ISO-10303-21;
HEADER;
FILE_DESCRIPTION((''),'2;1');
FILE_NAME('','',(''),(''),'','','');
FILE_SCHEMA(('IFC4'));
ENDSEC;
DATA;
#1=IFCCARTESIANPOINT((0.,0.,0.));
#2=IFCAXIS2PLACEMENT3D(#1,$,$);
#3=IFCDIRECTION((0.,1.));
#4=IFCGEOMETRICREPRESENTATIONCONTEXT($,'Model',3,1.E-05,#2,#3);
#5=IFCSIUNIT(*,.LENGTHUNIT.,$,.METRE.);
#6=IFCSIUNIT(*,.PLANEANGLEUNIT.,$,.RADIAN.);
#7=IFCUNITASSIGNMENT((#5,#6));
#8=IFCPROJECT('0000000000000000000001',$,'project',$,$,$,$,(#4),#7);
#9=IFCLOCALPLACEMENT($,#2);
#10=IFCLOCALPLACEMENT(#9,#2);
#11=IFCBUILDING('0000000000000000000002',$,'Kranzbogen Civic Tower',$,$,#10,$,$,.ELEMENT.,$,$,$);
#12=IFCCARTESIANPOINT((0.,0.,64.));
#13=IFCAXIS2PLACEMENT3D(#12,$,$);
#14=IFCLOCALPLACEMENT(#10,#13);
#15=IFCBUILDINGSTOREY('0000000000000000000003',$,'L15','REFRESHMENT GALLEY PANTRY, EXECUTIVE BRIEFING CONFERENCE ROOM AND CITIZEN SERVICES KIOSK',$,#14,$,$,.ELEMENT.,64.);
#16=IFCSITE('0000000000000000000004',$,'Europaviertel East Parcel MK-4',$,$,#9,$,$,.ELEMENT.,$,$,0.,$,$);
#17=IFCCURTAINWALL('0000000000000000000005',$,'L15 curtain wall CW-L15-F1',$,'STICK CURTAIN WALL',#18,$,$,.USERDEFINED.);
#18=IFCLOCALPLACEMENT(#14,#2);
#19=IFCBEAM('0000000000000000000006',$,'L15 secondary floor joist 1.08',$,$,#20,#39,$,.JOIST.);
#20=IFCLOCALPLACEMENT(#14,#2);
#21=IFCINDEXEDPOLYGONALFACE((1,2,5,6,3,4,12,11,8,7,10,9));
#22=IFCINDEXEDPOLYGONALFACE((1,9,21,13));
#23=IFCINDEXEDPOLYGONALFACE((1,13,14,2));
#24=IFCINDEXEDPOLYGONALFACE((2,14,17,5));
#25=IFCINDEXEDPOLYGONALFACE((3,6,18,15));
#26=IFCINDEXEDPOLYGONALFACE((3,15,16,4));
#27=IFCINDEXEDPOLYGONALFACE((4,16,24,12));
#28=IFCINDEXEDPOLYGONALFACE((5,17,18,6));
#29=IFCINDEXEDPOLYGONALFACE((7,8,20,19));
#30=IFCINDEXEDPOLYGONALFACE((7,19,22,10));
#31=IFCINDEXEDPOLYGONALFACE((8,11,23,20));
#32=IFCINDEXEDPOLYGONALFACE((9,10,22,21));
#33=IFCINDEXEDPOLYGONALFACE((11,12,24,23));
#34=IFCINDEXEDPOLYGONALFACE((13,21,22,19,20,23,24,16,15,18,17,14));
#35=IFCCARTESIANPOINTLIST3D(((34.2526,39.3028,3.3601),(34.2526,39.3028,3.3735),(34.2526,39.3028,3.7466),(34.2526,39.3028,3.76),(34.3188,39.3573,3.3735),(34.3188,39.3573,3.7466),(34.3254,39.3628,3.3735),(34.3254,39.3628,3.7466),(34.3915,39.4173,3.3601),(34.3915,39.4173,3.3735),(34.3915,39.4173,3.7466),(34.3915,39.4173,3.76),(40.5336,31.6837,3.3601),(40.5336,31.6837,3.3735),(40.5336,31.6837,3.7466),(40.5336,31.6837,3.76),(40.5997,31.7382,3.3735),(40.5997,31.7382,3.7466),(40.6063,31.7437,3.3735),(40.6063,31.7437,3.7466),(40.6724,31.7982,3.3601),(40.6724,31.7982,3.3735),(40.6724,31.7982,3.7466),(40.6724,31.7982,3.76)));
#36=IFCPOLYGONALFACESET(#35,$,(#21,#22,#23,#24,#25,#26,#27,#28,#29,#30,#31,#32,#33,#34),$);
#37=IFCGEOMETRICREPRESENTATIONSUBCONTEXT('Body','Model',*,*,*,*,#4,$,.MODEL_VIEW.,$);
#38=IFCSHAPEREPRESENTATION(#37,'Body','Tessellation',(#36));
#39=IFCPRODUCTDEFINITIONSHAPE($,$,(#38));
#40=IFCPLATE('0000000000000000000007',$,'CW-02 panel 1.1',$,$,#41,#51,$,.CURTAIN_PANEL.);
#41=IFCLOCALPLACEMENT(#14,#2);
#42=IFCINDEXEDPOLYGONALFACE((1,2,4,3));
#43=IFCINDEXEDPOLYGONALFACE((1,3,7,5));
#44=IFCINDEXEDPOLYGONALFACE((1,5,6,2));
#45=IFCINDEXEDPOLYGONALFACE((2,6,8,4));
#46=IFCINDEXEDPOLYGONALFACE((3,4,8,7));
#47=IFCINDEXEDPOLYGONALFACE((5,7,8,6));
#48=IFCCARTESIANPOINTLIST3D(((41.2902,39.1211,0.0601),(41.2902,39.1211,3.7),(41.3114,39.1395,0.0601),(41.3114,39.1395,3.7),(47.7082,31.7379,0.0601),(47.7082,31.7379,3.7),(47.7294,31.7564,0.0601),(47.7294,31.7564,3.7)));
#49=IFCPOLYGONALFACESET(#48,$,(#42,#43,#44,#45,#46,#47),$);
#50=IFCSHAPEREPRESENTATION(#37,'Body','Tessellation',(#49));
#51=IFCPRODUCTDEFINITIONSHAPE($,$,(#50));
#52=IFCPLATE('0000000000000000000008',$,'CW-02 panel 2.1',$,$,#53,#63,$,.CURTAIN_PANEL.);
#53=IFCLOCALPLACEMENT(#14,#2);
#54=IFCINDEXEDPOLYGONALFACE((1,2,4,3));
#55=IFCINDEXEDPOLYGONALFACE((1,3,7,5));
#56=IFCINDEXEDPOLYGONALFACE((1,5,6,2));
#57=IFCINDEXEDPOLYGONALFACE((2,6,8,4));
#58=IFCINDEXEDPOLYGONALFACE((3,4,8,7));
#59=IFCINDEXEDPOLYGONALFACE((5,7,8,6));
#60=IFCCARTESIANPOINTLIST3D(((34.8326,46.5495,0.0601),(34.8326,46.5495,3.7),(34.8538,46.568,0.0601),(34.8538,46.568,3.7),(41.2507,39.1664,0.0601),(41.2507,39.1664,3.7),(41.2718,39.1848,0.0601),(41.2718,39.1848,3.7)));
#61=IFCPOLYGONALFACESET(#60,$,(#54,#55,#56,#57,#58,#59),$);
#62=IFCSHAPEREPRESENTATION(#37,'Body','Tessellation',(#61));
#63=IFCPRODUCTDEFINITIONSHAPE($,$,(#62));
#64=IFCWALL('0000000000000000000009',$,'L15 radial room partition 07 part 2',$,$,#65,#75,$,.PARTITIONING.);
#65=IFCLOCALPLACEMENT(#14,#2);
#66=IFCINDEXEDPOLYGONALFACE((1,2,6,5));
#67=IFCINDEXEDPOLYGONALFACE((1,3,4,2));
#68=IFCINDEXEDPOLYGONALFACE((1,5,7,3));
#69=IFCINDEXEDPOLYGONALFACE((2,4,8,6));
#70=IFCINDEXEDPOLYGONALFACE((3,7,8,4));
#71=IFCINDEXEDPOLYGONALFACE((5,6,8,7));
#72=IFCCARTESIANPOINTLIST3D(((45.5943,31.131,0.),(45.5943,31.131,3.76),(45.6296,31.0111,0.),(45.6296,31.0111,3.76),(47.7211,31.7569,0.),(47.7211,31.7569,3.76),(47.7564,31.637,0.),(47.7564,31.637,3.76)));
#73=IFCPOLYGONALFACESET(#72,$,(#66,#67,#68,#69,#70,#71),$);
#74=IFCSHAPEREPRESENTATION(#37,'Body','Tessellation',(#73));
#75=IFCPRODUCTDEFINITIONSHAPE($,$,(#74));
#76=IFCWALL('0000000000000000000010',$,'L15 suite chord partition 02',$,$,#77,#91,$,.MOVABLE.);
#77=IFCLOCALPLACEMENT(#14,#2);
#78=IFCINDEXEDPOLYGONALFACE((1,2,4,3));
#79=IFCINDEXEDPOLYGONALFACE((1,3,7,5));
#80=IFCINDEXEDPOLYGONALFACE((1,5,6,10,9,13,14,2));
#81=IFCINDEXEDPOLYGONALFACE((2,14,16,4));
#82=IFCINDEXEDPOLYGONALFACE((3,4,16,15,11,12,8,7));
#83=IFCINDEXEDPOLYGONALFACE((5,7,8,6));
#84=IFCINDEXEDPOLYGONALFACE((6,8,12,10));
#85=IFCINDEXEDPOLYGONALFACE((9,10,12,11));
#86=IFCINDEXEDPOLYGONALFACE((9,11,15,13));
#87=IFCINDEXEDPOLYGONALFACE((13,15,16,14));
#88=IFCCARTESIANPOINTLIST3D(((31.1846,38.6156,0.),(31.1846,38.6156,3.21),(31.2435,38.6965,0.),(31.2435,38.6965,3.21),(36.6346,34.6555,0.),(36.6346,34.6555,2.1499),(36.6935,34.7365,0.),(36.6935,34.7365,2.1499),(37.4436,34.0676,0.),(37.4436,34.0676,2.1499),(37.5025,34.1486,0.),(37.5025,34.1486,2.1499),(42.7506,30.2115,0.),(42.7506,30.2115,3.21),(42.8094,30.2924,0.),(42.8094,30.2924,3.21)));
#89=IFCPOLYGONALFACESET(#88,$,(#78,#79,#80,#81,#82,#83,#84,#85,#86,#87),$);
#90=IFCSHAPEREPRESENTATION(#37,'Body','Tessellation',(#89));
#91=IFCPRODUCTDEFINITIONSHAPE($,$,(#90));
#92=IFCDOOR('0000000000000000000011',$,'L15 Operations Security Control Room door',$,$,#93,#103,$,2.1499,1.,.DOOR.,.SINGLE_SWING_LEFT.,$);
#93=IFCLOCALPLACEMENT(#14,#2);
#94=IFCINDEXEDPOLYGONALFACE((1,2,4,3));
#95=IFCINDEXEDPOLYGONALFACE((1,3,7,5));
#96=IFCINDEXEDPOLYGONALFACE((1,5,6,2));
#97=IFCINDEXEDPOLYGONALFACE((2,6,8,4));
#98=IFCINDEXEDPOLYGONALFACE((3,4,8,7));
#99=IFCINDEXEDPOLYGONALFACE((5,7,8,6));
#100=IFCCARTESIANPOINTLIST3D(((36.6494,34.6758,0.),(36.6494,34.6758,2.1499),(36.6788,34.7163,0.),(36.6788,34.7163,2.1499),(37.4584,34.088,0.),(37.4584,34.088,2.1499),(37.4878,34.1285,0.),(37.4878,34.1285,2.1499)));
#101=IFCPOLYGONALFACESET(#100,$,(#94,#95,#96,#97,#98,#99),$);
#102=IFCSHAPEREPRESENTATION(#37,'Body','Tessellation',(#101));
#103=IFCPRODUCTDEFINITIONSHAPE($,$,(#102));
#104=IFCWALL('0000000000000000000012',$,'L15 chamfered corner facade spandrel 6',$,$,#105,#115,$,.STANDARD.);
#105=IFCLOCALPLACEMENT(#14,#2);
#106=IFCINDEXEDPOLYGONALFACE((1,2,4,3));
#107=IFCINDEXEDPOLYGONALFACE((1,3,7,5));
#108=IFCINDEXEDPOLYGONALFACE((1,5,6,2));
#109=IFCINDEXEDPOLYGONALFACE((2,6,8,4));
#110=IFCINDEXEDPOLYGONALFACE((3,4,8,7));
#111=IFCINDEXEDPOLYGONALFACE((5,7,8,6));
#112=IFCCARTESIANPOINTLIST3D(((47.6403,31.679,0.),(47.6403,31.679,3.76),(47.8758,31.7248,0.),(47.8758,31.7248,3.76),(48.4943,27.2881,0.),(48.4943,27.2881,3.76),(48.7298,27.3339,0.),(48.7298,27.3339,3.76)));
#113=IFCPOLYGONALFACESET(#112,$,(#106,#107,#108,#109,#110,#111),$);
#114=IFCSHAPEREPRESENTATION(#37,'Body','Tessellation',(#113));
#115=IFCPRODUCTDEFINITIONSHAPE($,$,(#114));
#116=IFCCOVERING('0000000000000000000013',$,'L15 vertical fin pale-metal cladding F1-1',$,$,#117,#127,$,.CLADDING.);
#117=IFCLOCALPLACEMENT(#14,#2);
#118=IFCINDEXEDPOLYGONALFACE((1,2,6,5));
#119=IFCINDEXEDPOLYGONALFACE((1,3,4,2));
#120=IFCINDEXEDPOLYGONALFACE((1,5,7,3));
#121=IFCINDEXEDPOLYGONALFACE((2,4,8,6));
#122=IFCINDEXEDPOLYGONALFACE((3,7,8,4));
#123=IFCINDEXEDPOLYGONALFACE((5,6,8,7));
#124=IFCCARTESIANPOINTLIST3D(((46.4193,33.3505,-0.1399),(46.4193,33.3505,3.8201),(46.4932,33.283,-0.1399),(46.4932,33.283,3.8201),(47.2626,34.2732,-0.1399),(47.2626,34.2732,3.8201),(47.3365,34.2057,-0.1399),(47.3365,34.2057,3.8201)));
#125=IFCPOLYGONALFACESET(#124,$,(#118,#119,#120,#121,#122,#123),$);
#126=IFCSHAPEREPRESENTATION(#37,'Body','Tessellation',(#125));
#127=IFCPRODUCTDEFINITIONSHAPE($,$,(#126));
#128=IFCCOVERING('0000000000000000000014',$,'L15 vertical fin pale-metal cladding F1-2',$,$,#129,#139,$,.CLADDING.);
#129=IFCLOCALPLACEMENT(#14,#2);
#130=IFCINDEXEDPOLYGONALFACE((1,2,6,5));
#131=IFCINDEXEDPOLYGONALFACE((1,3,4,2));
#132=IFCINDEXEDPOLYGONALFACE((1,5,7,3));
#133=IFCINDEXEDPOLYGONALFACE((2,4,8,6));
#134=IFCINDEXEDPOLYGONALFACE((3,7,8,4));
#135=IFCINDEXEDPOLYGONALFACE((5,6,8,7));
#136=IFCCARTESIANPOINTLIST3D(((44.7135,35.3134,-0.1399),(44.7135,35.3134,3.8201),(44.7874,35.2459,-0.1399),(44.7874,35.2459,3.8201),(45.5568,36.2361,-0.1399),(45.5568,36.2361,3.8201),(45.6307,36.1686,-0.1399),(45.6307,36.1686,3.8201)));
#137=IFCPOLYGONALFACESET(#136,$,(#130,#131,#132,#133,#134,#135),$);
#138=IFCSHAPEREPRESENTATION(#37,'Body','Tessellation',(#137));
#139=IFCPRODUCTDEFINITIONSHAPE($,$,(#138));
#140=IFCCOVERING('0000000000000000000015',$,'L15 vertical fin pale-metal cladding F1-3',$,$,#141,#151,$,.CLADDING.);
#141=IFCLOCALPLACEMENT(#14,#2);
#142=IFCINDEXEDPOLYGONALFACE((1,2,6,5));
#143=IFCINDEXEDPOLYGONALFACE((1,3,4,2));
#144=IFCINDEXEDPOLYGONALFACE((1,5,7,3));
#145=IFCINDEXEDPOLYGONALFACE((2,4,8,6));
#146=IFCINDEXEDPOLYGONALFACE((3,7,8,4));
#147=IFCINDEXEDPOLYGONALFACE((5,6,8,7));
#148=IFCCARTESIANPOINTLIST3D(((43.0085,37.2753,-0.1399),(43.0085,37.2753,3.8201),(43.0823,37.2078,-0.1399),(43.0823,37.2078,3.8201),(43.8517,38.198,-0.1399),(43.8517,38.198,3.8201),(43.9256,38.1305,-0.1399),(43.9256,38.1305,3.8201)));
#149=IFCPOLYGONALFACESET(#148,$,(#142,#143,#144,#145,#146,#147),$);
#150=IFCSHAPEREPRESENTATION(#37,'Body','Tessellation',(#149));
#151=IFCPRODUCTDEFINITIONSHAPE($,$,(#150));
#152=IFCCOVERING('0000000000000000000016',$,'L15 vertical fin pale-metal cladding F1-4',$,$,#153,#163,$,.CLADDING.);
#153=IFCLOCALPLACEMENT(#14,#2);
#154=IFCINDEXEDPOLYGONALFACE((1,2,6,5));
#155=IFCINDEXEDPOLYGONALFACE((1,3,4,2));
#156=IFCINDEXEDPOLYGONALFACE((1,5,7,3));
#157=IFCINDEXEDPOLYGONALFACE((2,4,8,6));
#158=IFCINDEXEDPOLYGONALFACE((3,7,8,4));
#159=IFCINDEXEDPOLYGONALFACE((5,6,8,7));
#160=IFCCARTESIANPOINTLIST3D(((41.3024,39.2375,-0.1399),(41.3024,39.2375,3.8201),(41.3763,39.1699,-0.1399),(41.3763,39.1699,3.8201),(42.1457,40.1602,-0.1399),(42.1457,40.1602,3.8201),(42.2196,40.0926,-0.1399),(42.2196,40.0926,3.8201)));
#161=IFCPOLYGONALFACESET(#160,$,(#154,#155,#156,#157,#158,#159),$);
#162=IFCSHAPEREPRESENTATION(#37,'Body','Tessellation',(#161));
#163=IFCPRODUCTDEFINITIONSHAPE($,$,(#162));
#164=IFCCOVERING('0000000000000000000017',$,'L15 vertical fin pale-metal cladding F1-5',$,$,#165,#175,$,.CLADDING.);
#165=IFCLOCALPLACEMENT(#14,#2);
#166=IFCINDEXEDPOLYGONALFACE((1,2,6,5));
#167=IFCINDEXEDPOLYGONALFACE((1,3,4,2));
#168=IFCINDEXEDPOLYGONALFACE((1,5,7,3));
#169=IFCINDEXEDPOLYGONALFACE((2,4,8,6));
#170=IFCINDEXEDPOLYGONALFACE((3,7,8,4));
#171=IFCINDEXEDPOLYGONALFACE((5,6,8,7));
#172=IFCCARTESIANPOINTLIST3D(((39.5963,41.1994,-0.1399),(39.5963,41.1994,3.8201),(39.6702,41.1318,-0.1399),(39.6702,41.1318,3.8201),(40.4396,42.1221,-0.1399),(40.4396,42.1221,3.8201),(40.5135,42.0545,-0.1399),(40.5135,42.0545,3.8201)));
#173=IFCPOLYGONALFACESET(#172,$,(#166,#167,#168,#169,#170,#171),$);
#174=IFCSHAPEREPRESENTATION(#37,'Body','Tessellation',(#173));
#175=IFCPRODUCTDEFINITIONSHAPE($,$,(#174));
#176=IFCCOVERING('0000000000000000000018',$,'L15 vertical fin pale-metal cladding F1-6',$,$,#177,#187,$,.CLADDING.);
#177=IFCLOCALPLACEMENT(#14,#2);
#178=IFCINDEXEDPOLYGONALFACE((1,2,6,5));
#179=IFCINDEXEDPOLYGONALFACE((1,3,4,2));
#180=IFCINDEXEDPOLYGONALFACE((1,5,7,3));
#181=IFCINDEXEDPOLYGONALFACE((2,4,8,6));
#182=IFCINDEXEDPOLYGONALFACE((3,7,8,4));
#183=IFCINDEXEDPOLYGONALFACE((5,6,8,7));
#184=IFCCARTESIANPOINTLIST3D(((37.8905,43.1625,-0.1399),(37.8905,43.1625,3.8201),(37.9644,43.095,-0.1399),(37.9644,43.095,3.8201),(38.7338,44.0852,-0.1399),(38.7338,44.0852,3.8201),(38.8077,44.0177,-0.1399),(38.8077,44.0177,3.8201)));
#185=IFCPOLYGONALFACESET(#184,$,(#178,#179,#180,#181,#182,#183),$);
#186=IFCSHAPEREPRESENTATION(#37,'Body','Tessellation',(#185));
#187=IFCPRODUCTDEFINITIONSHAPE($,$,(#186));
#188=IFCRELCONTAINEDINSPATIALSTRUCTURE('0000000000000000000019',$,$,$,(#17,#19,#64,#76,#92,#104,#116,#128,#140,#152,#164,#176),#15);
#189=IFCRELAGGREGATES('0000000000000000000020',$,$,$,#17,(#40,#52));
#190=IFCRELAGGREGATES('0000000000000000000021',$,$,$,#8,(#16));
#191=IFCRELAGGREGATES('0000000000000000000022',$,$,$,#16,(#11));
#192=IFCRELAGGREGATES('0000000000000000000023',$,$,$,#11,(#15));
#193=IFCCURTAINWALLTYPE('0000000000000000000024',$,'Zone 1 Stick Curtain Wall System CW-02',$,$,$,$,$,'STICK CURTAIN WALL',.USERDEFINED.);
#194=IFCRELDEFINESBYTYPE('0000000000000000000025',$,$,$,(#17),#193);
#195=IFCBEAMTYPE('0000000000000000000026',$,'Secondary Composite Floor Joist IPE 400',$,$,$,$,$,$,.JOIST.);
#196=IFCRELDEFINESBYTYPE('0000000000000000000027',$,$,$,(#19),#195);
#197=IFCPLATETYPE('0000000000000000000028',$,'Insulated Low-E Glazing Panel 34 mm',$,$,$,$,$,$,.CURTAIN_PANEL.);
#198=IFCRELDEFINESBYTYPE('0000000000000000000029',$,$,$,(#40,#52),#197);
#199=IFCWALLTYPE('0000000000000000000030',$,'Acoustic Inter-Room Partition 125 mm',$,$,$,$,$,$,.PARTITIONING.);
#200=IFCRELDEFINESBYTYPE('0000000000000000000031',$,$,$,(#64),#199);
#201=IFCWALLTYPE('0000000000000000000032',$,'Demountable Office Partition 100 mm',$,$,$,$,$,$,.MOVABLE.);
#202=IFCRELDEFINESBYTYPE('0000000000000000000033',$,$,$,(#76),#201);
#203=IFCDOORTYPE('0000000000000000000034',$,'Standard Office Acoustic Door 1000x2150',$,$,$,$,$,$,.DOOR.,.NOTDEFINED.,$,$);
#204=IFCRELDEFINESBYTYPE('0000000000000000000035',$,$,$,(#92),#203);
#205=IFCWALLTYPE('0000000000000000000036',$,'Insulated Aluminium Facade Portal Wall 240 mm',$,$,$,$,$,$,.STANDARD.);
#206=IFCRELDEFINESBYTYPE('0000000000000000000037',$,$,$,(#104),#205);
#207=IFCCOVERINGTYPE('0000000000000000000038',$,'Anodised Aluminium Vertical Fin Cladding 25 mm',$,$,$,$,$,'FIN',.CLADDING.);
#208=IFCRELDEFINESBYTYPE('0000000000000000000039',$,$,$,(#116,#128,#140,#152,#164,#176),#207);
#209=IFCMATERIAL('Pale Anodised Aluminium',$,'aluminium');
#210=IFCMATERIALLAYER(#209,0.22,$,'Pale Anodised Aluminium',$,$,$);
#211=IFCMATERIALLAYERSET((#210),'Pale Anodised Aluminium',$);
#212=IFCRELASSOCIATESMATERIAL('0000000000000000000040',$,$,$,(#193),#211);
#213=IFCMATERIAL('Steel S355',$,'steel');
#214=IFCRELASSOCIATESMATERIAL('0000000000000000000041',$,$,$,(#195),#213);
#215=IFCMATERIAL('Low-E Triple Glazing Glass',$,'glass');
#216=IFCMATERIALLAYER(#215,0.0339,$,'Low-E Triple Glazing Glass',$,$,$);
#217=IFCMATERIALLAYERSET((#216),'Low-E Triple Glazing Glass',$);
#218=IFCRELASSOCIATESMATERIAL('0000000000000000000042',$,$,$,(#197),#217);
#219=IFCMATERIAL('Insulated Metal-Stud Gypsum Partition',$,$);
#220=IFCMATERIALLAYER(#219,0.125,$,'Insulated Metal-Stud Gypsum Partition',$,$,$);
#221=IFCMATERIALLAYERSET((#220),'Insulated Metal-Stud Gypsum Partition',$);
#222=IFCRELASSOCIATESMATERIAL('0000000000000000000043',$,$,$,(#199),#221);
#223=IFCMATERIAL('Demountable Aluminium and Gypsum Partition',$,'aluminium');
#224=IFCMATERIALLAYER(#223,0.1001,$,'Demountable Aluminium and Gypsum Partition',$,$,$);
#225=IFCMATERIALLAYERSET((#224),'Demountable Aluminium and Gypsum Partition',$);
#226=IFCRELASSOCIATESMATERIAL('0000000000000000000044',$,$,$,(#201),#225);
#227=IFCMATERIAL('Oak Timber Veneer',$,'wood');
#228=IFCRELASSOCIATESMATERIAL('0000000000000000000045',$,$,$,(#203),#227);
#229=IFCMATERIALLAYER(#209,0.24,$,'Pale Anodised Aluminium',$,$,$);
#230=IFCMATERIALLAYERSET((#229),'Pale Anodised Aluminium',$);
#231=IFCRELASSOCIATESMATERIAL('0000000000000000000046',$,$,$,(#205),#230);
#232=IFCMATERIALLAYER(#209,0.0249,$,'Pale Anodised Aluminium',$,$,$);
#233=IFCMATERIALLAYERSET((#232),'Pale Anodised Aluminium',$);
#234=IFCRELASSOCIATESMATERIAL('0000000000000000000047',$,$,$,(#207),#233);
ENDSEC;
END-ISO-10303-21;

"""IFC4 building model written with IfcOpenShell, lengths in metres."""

from ifc_helpers import new_model, si_unit, direction, frame, frame_2d, origin, origin_2d, place, context, subcontext, project, spatial, rectangle, i_section, extrude, material, layer, layer_set, material_profile, profile_set, type_object, element, fill, aggregate, save


model = new_model("IFC4")

# Units and contexts
model_context = context("Model", 3, precision=1e-05, world=origin(), true_north=direction((0.0, 1.0)))
body_context = subcontext(model_context, "Body", "Model", "MODEL_VIEW")
ifc_project = project(units=[si_unit("LENGTHUNIT", "METRE"), si_unit("PLANEANGLEUNIT", "RADIAN")], contexts=[model_context])

# Site, building, storey
site_placement = place(None, origin())
site = spatial("IfcSite", under=ifc_project, at=site_placement, Name="Europaviertel East Parcel MK-4", CompositionType="ELEMENT", RefElevation=0.0)
building_placement = place(site_placement, origin())
building = spatial("IfcBuilding", under=site, at=building_placement, Name="Kranzbogen Civic Tower", CompositionType="ELEMENT")
storey_placement = place(building_placement, frame((0.0, 0.0, 64.0)))
storey = spatial("IfcBuildingStorey", under=building, at=storey_placement, Name="L15", Description="REFRESHMENT GALLEY PANTRY, EXECUTIVE BRIEFING CONFERENCE ROOM AND CITIZEN SERVICES KIOSK", CompositionType="ELEMENT", Elevation=64.0)

# Shared definitions
ifc_material_1 = material(Name="Steel S355", Category="steel")

# Curtain wall
ifc_material_2 = material(Name="Pale Anodised Aluminium", Category="aluminium")
ifc_layer_1 = layer(ifc_material_2, 0.22, Name="Pale Anodised Aluminium")
ifc_layer_set_1 = layer_set([ifc_layer_1], Name="Pale Anodised Aluminium")
curtain_wall_type = type_object("IfcCurtainWallType", Name="Zone 1 Stick Curtain Wall System CW-02", ElementType="STICK CURTAIN WALL", PredefinedType="USERDEFINED", material=ifc_layer_set_1)
curtain_wall_1_placement = place(storey_placement, origin())
curtain_wall_1 = element("IfcCurtainWall", 1, at=curtain_wall_1_placement, inside=storey, type_object=curtain_wall_type, Name="L15 curtain wall CW-L15-F1", ObjectType="STICK CURTAIN WALL", PredefinedType="USERDEFINED")

# Beam
ifc_material_profile_1 = material_profile(ifc_material_1, i_section(OverallWidth=0.1799, OverallDepth=0.3999, WebThickness=0.0085, FlangeThickness=0.0134, at=origin_2d()), Name="IPE 400")
ifc_profile_set_1 = profile_set([ifc_material_profile_1], Name="Steel S355")
beam_type_1 = type_object("IfcBeamType", Name="Secondary Composite Floor Joist IPE 400", PredefinedType="JOIST", material=ifc_profile_set_1)
beam_1_placement = place(storey_placement, frame((40.603, 31.741, 3.5601), z_axis=(-0.636095, 0.771611, 0.0), x_axis=(-0.771611, -0.636095, 0.0)))
element("IfcBeam", 2, at=beam_1_placement, inside=storey, type_object=beam_type_1, Name="L15 secondary floor joist 1.08", PredefinedType="JOIST", context=body_context, shape_type="SweptSolid", body=[
    extrude(i_section(OverallWidth=0.1799, OverallDepth=0.3999, WebThickness=0.0085, FlangeThickness=0.0134, at=origin_2d()), origin(), (0.0, 0.0, 1.0), 9.8743),
])

# Plates
ifc_material_3 = material(Name="Low-E Triple Glazing Glass", Category="glass")
ifc_layer_2 = layer(ifc_material_3, 0.0339, Name="Low-E Triple Glazing Glass")
ifc_layer_set_2 = layer_set([ifc_layer_2], Name="Low-E Triple Glazing Glass")
plate_type = type_object("IfcPlateType", Name="Insulated Low-E Glazing Panel 34 mm", PredefinedType="CURTAIN_PANEL", material=ifc_layer_set_2)
plate_1_placement = place(storey_placement, frame((44.5098, 35.4387, 0.0601), z_axis=(0.0, 0.0, 1.0), x_axis=(-0.656056, 0.754712, 0.0)))
plate_1 = element("IfcPlate", 3, at=plate_1_placement, type_object=plate_type, Name="CW-02 panel 1.1", PredefinedType="CURTAIN_PANEL", context=body_context, shape_type="SweptSolid", body=[
    extrude(rectangle(XDim=9.7827, YDim=0.0281, at=origin_2d()), origin(), (0.0, 0.0, 1.0), 3.6399),
])
plate_2_placement = place(storey_placement, frame((38.0522, 42.8672, 0.0601), z_axis=(0.0, 0.0, 1.0), x_axis=(-0.656056, 0.754712, 0.0)))
plate_2 = element("IfcPlate", 4, at=plate_2_placement, type_object=plate_type, Name="CW-02 panel 2.1", PredefinedType="CURTAIN_PANEL", context=body_context, shape_type="SweptSolid", body=[
    extrude(rectangle(XDim=9.7827, YDim=0.0281, at=origin_2d()), origin(), (0.0, 0.0, 1.0), 3.6399),
])
aggregate(curtain_wall_1, [plate_1, plate_2])

# Wall
ifc_material_4 = material(Name="Insulated Metal-Stud Gypsum Partition")
ifc_layer_3 = layer(ifc_material_4, 0.125, Name="Insulated Metal-Stud Gypsum Partition")
ifc_layer_set_3 = layer_set([ifc_layer_3], Name="Insulated Metal-Stud Gypsum Partition")
wall_type_1 = type_object("IfcWallType", Name="Acoustic Inter-Room Partition 125 mm", PredefinedType="PARTITIONING", material=ifc_layer_set_3)
wall_1_placement = place(storey_placement, frame((45.6121, 31.071, 0.0), z_axis=(0.0, 0.0, 1.0), x_axis=(0.959316, 0.282333, 0.0)))
element("IfcWall", 5, at=wall_1_placement, inside=storey, type_object=wall_type_1, Name="L15 radial room partition 07 part 2", PredefinedType="PARTITIONING", context=body_context, shape_type="SweptSolid", body=[
    extrude(rectangle(XDim=2.217, YDim=0.125, at=frame_2d((1.1084, 0.0))), origin(), (0.0, 0.0, 1.0), 3.76),
])

# Wall, opening, door
ifc_material_5 = material(Name="Demountable Aluminium and Gypsum Partition", Category="aluminium")
ifc_layer_4 = layer(ifc_material_5, 0.1001, Name="Demountable Aluminium and Gypsum Partition")
ifc_layer_set_4 = layer_set([ifc_layer_4], Name="Demountable Aluminium and Gypsum Partition")
wall_type_2 = type_object("IfcWallType", Name="Demountable Office Partition 100 mm", PredefinedType="MOVABLE", material=ifc_layer_set_4)
wall_2_placement = place(storey_placement, frame((42.78, 30.252, 0.0), z_axis=(0.0, 0.0, 1.0), x_axis=(-0.808986, 0.587827, 0.0)))
wall_2 = element("IfcWall", 6, at=wall_2_placement, inside=storey, type_object=wall_type_2, Name="L15 suite chord partition 02", PredefinedType="MOVABLE", context=body_context, shape_type="SweptSolid", body=[
    extrude(rectangle(XDim=14.2969, YDim=0.1001, at=frame_2d((7.1484, 0.0))), origin(), (0.0, 0.0, 1.0), 3.21),
])
opening_placement = place(wall_2_placement, frame((6.5601, 0.0, 0.0)))
opening = element("IfcOpeningElement", 7, at=opening_placement, cuts=wall_2, PredefinedType="OPENING", context=body_context, shape_type="SweptSolid", body=[
    extrude(rectangle(XDim=1.0, YDim=2.1499, at=frame_2d((0.5, 1.075))), frame((0.0, 0.0601, 0.0), z_axis=(0.0, -1.0, 0.0), x_axis=(1.0, 0.0, 0.0)), (0.0, 0.0, 1.0), 0.1201),
])
ifc_material_6 = material(Name="Oak Timber Veneer", Category="wood")
door_type = type_object("IfcDoorType", Name="Standard Office Acoustic Door 1000x2150", OperationType="NOTDEFINED", PredefinedType="DOOR", material=ifc_material_6)
door_placement = place(opening_placement, origin())
door = element("IfcDoor", 8, at=door_placement, inside=storey, type_object=door_type, Name="L15 Operations Security Control Room door", OperationType="SINGLE_SWING_LEFT", OverallHeight=2.1499, OverallWidth=1.0, PredefinedType="DOOR", context=body_context, shape_type="SweptSolid", body=[
    extrude(rectangle(XDim=1.0, YDim=2.1499, at=frame_2d((0.5, 1.075))), frame((0.0, 0.0249, 0.0), z_axis=(0.0, -1.0, 0.0), x_axis=(1.0, 0.0, 0.0)), (0.0, 0.0, 1.0), 0.05),
])
fill(opening, door)

# Wall
ifc_layer_5 = layer(ifc_material_2, 0.24, Name="Pale Anodised Aluminium")
ifc_layer_set_5 = layer_set([ifc_layer_5], Name="Pale Anodised Aluminium")
wall_type_3 = type_object("IfcWallType", Name="Insulated Aluminium Facade Portal Wall 240 mm", PredefinedType="STANDARD", material=ifc_layer_set_5)
wall_3_placement = place(storey_placement, frame((48.6121, 27.311, 0.0), z_axis=(0.0, 0.0, 1.0), x_axis=(-0.190918, 0.981606, 0.0)))
element("IfcWall", 9, at=wall_3_placement, inside=storey, type_object=wall_type_3, Name="L15 chamfered corner facade spandrel 6", PredefinedType="STANDARD", context=body_context, shape_type="SweptSolid", body=[
    extrude(rectangle(XDim=4.4731, YDim=0.24, at=frame_2d((2.2366, 0.0))), origin(), (0.0, 0.0, 1.0), 3.76),
])

# Coverings
ifc_layer_6 = layer(ifc_material_2, 0.0249, Name="Pale Anodised Aluminium")
ifc_layer_set_6 = layer_set([ifc_layer_6], Name="Pale Anodised Aluminium")
covering_type = type_object("IfcCoveringType", Name="Anodised Aluminium Vertical Fin Cladding 25 mm", ElementType="FIN", PredefinedType="CLADDING", material=ifc_layer_set_6)
for number, where, z_axis, x_axis, name in (
    (10, (46.8779, 33.7781, -0.1399), (0.0, 0.0, 1.0), (0.674625, 0.738161, 0.0), "L15 vertical fin pale-metal cladding F1-1"),
    (11, (45.1721, 35.741, -0.1399), (0.0, 0.0, 1.0), (0.674625, 0.738161, 0.0), "L15 vertical fin pale-metal cladding F1-2"),
    (12, (43.467, 37.7029, -0.1399), (0.0, 0.0, 1.0), (0.674625, 0.738161, 0.0), "L15 vertical fin pale-metal cladding F1-3"),
    (13, (41.761, 39.665, -0.1399), (0.0, 0.0, 1.0), (0.674625, 0.738161, 0.0), "L15 vertical fin pale-metal cladding F1-4"),
    (14, (40.0549, 41.627, -0.1399), (0.0, 0.0, 1.0), (0.674625, 0.738161, 0.0), "L15 vertical fin pale-metal cladding F1-5"),
    (15, (38.3491, 43.5901, -0.1399), (0.0, 0.0, 1.0), (0.674625, 0.738161, 0.0), "L15 vertical fin pale-metal cladding F1-6"),
):
    element("IfcCovering", number, at=place(storey_placement, frame(where, z_axis=z_axis, x_axis=x_axis)), inside=storey, type_object=covering_type, Name=name, PredefinedType="CLADDING", context=body_context, shape_type="SweptSolid", body=[
        extrude(rectangle(XDim=1.25, YDim=0.1001, at=origin_2d()), origin(), (0.0, 0.0, 1.0), 3.96),
    ])

save(model, "model.ifc")
